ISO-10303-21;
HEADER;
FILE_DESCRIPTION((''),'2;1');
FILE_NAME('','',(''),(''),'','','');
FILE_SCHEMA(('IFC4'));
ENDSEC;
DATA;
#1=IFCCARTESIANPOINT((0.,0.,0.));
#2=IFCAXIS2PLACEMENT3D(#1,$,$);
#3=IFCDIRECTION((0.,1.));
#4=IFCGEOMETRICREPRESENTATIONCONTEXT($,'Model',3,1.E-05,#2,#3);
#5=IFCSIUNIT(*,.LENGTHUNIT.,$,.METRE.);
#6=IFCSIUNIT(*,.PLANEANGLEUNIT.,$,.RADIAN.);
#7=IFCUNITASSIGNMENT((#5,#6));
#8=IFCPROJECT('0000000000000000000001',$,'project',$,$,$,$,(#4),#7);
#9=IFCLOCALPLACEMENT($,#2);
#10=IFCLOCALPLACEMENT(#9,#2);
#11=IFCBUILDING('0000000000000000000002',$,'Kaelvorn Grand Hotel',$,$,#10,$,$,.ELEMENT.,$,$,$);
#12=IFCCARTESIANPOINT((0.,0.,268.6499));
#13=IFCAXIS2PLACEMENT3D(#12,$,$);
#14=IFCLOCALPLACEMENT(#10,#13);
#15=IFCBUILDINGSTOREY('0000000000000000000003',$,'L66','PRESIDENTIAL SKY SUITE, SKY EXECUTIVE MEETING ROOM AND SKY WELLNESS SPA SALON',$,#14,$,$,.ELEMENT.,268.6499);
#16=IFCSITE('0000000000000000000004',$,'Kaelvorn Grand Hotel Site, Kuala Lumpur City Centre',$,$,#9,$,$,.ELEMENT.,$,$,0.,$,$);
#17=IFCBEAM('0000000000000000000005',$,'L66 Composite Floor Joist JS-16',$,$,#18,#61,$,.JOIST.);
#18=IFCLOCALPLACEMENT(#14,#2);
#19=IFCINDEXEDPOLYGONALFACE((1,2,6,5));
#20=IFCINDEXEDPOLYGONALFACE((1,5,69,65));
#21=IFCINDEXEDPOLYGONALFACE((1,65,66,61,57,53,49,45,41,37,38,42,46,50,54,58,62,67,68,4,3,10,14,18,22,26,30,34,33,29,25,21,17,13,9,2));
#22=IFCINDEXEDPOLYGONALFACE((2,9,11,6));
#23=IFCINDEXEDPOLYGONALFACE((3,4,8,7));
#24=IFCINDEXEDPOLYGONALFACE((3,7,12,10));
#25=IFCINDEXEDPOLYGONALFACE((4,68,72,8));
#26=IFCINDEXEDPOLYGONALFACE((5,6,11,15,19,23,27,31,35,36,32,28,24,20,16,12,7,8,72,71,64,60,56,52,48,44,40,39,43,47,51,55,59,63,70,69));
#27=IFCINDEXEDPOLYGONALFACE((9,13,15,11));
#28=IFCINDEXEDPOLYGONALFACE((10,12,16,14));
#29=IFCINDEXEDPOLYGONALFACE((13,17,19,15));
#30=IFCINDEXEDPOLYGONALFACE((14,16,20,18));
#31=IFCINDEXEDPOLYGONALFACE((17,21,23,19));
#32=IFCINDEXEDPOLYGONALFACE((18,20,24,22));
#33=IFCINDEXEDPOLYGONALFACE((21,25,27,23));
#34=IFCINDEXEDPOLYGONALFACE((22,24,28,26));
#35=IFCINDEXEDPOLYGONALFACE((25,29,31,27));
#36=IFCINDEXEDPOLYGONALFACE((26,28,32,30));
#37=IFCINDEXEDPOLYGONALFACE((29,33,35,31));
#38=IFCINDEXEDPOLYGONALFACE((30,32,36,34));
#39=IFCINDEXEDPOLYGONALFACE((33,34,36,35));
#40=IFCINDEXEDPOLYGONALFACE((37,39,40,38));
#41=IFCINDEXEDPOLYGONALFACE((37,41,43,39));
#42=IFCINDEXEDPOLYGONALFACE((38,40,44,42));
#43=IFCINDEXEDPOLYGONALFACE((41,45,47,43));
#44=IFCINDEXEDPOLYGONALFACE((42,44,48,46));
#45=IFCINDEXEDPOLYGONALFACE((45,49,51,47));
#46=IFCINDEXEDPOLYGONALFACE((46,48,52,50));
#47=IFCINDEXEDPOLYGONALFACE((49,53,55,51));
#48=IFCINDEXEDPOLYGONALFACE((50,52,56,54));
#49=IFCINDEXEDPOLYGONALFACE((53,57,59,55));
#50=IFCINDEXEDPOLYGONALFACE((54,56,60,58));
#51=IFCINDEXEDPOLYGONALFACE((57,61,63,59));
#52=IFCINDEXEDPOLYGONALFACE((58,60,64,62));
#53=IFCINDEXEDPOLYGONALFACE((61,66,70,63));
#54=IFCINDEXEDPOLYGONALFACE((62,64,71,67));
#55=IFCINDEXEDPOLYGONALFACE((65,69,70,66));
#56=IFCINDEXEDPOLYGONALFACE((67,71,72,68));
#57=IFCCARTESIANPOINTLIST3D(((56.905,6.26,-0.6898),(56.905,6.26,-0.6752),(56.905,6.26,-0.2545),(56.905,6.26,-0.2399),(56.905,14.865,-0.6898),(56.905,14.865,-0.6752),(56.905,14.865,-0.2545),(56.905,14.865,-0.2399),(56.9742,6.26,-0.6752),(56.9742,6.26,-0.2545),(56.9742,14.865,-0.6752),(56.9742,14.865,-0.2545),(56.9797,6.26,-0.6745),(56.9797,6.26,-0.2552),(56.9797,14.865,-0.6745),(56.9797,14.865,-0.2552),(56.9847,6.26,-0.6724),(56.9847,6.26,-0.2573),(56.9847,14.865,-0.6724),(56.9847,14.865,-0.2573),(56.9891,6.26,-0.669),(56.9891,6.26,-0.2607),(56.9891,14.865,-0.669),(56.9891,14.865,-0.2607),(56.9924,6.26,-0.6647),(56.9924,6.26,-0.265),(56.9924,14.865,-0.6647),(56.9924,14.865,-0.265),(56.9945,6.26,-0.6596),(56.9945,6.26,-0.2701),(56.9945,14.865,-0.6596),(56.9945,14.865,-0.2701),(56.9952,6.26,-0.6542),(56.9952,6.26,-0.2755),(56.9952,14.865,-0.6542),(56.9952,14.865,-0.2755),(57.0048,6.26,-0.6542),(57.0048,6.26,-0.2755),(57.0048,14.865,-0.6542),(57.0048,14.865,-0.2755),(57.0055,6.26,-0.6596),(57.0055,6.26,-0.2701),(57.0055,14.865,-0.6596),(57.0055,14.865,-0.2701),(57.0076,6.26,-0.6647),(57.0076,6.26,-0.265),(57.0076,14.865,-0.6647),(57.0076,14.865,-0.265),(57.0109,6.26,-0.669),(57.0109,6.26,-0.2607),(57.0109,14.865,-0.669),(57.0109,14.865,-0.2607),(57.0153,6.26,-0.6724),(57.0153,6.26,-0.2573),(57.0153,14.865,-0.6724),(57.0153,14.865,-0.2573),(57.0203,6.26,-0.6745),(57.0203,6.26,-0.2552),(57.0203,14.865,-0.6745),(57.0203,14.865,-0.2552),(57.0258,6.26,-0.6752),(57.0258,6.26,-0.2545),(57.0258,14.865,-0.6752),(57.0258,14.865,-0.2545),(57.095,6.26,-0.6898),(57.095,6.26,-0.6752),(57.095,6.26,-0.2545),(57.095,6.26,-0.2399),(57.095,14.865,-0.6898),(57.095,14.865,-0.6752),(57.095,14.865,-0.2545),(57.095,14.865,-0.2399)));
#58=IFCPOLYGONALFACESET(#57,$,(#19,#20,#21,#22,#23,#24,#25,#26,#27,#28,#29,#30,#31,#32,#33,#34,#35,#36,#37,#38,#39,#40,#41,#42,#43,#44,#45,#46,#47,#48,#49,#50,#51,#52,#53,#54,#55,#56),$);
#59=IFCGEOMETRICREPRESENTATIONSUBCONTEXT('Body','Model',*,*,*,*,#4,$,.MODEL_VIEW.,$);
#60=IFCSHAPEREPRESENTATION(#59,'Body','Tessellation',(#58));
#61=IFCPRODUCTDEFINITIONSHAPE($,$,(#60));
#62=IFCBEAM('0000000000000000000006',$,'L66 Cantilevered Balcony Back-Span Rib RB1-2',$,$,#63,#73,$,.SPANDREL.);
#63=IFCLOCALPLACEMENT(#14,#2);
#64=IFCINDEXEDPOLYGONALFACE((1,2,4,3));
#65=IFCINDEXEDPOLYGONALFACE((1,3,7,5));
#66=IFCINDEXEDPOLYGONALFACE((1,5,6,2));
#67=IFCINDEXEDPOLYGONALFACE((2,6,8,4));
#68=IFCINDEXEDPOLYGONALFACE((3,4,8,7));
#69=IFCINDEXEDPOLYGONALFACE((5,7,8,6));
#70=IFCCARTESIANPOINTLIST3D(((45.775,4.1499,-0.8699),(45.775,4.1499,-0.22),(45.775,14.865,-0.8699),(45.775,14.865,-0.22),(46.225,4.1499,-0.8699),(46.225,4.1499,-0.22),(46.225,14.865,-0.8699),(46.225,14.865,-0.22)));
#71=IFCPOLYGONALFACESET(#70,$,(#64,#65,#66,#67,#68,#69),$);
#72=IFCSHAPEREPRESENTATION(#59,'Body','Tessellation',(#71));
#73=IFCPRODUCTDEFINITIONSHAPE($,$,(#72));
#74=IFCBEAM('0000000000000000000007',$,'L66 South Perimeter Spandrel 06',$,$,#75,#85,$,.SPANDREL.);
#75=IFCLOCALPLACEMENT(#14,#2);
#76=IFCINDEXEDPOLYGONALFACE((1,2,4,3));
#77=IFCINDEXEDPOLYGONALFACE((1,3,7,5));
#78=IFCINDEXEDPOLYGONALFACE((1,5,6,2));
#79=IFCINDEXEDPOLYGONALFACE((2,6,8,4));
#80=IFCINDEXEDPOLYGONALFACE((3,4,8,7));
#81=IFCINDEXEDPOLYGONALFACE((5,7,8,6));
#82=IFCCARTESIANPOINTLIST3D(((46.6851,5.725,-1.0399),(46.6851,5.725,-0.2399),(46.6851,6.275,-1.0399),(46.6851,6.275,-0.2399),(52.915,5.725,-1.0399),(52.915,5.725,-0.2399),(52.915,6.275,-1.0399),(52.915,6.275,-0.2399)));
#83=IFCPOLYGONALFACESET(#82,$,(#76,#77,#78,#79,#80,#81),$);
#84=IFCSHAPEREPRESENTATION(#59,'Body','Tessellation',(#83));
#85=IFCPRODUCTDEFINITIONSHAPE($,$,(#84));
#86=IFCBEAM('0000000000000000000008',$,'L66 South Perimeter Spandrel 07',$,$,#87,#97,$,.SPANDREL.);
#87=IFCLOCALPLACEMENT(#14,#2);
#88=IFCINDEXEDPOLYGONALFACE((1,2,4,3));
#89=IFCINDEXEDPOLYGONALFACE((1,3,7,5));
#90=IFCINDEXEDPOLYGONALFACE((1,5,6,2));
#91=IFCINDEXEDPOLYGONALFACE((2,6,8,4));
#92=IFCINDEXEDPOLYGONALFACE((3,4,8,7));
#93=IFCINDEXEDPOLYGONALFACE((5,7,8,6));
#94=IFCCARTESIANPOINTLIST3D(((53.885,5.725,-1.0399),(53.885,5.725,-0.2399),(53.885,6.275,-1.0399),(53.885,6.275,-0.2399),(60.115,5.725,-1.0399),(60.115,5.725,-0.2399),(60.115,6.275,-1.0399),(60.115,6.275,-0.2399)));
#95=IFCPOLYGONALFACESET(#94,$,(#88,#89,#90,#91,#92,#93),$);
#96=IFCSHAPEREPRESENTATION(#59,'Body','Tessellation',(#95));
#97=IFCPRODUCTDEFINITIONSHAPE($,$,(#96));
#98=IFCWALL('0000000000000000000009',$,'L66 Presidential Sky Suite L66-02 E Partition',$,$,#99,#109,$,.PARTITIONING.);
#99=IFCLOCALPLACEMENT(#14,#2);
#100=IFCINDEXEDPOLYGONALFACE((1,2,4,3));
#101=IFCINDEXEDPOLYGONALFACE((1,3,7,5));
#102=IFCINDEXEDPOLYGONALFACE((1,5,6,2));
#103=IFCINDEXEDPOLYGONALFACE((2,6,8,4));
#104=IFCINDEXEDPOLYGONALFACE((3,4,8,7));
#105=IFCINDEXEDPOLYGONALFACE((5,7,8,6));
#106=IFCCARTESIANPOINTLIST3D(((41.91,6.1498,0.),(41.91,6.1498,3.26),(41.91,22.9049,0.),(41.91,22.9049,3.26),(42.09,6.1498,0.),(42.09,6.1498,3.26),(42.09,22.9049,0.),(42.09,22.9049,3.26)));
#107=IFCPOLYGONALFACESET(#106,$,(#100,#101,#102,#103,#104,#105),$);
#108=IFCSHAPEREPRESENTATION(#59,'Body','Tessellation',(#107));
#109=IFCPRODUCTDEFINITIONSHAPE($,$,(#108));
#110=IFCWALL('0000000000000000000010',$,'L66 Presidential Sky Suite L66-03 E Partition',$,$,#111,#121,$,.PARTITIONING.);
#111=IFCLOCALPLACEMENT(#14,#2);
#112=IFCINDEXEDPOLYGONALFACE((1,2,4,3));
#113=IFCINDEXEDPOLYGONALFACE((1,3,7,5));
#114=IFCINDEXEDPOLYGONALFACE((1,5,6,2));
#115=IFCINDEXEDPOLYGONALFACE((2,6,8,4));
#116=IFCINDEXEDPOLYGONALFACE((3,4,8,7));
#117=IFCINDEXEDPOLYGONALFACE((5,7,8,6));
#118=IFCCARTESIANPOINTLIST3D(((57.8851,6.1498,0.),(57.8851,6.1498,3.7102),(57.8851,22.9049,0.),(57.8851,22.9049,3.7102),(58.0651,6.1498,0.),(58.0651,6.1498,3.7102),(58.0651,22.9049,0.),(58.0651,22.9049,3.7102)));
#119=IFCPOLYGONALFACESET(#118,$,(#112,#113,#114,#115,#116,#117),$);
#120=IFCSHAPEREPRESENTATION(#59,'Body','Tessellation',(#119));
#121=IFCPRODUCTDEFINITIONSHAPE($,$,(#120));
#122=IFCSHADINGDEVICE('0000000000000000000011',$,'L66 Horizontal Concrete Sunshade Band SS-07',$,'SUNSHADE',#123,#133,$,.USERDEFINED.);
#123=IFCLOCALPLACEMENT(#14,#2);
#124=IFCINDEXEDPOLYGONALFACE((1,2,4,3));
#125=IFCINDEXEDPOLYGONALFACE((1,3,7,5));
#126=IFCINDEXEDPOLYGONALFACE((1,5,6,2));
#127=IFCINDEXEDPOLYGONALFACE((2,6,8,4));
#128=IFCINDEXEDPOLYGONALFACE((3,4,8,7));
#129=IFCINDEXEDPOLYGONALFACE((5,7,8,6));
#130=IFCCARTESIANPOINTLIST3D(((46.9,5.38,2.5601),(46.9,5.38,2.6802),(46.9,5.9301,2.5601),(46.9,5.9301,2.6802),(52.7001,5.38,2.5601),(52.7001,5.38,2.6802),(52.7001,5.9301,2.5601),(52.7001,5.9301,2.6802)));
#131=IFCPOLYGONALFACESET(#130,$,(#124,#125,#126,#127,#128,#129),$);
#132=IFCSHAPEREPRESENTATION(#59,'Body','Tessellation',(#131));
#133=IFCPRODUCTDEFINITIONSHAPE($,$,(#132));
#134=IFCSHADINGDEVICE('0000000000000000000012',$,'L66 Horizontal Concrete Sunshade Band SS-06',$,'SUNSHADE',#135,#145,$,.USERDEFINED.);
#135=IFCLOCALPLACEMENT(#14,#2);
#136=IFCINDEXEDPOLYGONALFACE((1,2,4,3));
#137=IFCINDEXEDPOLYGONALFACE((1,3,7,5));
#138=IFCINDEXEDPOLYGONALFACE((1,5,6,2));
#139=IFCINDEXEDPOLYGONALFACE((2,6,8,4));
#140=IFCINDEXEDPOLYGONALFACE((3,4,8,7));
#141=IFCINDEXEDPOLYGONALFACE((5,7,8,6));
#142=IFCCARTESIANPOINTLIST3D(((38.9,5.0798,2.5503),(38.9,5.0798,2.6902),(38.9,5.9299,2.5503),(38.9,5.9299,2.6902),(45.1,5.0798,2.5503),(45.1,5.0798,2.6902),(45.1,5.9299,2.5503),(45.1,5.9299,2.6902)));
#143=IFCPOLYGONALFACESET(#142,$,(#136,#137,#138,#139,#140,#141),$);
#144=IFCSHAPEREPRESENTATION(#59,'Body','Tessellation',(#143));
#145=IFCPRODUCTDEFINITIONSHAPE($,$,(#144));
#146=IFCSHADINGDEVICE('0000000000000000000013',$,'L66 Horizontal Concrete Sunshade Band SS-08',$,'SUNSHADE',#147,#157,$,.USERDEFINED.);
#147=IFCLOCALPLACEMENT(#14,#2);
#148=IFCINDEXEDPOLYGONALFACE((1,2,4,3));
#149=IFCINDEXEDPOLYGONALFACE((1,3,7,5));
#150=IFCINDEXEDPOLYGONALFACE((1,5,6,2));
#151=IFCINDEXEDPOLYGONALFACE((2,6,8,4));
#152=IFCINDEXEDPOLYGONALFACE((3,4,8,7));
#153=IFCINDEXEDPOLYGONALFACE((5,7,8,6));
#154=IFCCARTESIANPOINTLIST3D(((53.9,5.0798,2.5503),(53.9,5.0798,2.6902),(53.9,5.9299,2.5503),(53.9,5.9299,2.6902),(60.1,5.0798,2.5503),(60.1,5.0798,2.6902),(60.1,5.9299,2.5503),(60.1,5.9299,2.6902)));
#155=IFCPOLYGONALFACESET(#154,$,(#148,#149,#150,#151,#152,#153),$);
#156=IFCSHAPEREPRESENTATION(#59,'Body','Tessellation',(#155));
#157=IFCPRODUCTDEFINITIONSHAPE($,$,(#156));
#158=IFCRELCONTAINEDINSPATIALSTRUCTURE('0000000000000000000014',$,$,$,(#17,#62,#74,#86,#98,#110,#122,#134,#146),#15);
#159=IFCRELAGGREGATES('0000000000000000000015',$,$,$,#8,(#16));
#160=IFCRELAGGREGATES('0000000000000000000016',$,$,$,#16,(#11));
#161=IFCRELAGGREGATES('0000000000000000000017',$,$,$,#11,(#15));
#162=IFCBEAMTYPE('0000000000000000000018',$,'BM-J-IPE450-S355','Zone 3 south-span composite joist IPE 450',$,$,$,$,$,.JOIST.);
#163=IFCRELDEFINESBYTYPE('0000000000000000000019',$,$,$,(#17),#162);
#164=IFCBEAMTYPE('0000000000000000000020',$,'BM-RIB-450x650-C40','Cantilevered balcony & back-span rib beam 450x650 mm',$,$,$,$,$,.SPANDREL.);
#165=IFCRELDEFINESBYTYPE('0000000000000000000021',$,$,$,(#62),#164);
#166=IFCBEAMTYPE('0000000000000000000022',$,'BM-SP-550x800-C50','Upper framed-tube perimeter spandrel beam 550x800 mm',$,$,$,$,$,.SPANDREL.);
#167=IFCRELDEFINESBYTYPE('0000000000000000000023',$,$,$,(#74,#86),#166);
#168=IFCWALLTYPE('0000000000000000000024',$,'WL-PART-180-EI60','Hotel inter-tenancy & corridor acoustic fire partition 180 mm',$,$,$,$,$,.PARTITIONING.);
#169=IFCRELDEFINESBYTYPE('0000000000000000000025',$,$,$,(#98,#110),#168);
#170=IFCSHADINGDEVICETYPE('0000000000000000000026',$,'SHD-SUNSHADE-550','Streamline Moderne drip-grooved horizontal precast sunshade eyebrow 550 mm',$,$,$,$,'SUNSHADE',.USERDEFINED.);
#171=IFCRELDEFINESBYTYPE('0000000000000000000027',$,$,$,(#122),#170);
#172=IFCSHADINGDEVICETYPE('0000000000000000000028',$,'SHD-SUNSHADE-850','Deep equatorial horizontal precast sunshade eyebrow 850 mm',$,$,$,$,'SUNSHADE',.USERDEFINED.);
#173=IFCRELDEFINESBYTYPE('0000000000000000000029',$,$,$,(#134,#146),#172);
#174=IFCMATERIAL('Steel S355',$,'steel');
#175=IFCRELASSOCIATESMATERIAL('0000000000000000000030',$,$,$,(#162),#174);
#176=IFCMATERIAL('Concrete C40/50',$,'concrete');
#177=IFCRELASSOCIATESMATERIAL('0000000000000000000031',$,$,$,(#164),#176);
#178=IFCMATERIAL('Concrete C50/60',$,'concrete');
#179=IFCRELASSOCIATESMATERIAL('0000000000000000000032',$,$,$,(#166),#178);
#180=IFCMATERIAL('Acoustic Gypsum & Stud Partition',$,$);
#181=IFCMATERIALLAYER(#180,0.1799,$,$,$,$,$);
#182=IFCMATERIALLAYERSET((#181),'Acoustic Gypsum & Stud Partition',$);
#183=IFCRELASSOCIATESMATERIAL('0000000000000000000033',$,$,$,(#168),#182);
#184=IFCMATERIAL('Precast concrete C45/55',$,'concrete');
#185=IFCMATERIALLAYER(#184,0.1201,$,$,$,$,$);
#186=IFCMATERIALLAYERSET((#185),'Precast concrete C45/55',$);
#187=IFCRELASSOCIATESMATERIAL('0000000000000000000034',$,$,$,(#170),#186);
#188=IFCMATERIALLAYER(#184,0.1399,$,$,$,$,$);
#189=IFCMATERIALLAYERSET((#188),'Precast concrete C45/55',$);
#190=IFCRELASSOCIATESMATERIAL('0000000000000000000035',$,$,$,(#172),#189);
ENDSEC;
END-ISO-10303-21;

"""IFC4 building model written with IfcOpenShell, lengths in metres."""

from ifc_helpers import new_model, si_unit, direction, frame, frame_2d, origin, origin_2d, place, context, subcontext, project, spatial, rectangle, i_section, extrude, material, layer, layer_set, material_profile, profile_set, type_object, element, save


model = new_model("IFC4")

# Units and contexts
model_context = context("Model", 3, precision=1e-05, world=origin(), true_north=direction((0.0, 1.0)))
body_context = subcontext(model_context, "Body", "Model", "MODEL_VIEW")
ifc_project = project(units=[si_unit("LENGTHUNIT", "METRE"), si_unit("PLANEANGLEUNIT", "RADIAN")], contexts=[model_context])

# Site, building, storey
site_placement = place(None, origin())
site = spatial("IfcSite", under=ifc_project, at=site_placement, Name="Kaelvorn Grand Hotel Site, Kuala Lumpur City Centre", CompositionType="ELEMENT", RefElevation=0.0)
building_placement = place(site_placement, origin())
building = spatial("IfcBuilding", under=site, at=building_placement, Name="Kaelvorn Grand Hotel", CompositionType="ELEMENT")
storey_placement = place(building_placement, frame((0.0, 0.0, 268.6499)))
storey = spatial("IfcBuildingStorey", under=building, at=storey_placement, Name="L66", Description="PRESIDENTIAL SKY SUITE, SKY EXECUTIVE MEETING ROOM AND SKY WELLNESS SPA SALON", CompositionType="ELEMENT", Elevation=268.6499)

# Shared definitions
ifc_material_1 = material(Name="Concrete C50/60", Category="concrete")

# Beams
ifc_material_2 = material(Name="Steel S355", Category="steel")
ifc_material_profile_1 = material_profile(ifc_material_2, i_section(OverallWidth=0.1899, OverallDepth=0.45, WebThickness=0.0095, FlangeThickness=0.0146, FilletRadius=0.021, at=origin_2d()), Name="IPE 450")
ifc_profile_set_1 = profile_set([ifc_material_profile_1], Name="Steel S355")
beam_type_1 = type_object("IfcBeamType", Name="BM-J-IPE450-S355", Description="Zone 3 south-span composite joist IPE 450", PredefinedType="JOIST", material=ifc_profile_set_1)
beam_1_placement = place(storey_placement, frame((57.0, 6.26, -0.4648), z_axis=(0.0, 1.0, 0.0), x_axis=(-1.0, 0.0, 0.0)))
element("IfcBeam", 1, at=beam_1_placement, inside=storey, type_object=beam_type_1, Name="L66 Composite Floor Joist JS-16", PredefinedType="JOIST", context=body_context, shape_type="SweptSolid", body=[
    extrude(i_section(OverallWidth=0.1899, OverallDepth=0.45, WebThickness=0.0095, FlangeThickness=0.0146, FilletRadius=0.021, at=origin_2d()), origin(), (0.0, 0.0, 1.0), 8.605),
])
ifc_material_3 = material(Name="Concrete C40/50", Category="concrete")
ifc_material_profile_2 = material_profile(ifc_material_3, rectangle(XDim=0.45, YDim=0.6499, at=origin_2d()), Name="RC RIB 450x650")
ifc_profile_set_2 = profile_set([ifc_material_profile_2], Name="Concrete C40/50")
beam_type_2 = type_object("IfcBeamType", Name="BM-RIB-450x650-C40", Description="Cantilevered balcony & back-span rib beam 450x650 mm", PredefinedType="SPANDREL", material=ifc_profile_set_2)
beam_2_placement = place(storey_placement, frame((46.0, 4.1499, -0.5449), z_axis=(0.0, 1.0, 0.0), x_axis=(-1.0, 0.0, 0.0)))
element("IfcBeam", 2, at=beam_2_placement, inside=storey, type_object=beam_type_2, Name="L66 Cantilevered Balcony Back-Span Rib RB1-2", PredefinedType="SPANDREL", context=body_context, shape_type="SweptSolid", body=[
    extrude(rectangle(XDim=0.45, YDim=0.6499, at=origin_2d()), origin(), (0.0, 0.0, 1.0), 10.7151),
])
ifc_material_profile_3 = material_profile(ifc_material_1, rectangle(XDim=0.55, YDim=0.8, at=origin_2d()), Name="RC SPANDREL 550x800")
ifc_profile_set_3 = profile_set([ifc_material_profile_3], Name="Concrete C50/60")
beam_type_3 = type_object("IfcBeamType", Name="BM-SP-550x800-C50", Description="Upper framed-tube perimeter spandrel beam 550x800 mm", PredefinedType="SPANDREL", material=ifc_profile_set_3)
for number, where, z_axis, x_axis, name in (
    (3, (46.6851, 6.0, -0.6399), (1.0, 0.0, 0.0), (0.0, 1.0, 0.0), "L66 South Perimeter Spandrel 06"),
    (4, (53.885, 6.0, -0.6399), (1.0, 0.0, 0.0), (0.0, 1.0, 0.0), "L66 South Perimeter Spandrel 07"),
):
    element("IfcBeam", number, at=place(storey_placement, frame(where, z_axis=z_axis, x_axis=x_axis)), inside=storey, type_object=beam_type_3, Name=name, PredefinedType="SPANDREL", context=body_context, shape_type="SweptSolid", body=[
        extrude(rectangle(XDim=0.55, YDim=0.8, at=origin_2d()), origin(), (0.0, 0.0, 1.0), 6.23),
    ])

# Walls
ifc_material_4 = material(Name="Acoustic Gypsum & Stud Partition")
ifc_layer_1 = layer(ifc_material_4, 0.1799)
ifc_layer_set_1 = layer_set([ifc_layer_1], Name="Acoustic Gypsum & Stud Partition")
wall_type = type_object("IfcWallType", Name="WL-PART-180-EI60", Description="Hotel inter-tenancy & corridor acoustic fire partition 180 mm", PredefinedType="PARTITIONING", material=ifc_layer_set_1)
wall_1_placement = place(storey_placement, frame((42.0, 6.1499, 0.0), z_axis=(0.0, 0.0, 1.0), x_axis=(0.0, 1.0, 0.0)))
element("IfcWall", 5, at=wall_1_placement, inside=storey, type_object=wall_type, Name="L66 Presidential Sky Suite L66-02 E Partition", PredefinedType="PARTITIONING", context=body_context, shape_type="SweptSolid", body=[
    extrude(rectangle(XDim=16.7551, YDim=0.1799, at=frame_2d((8.3774, 0.0))), origin(), (0.0, 0.0, 1.0), 3.26),
])
wall_2_placement = place(storey_placement, frame((57.9751, 6.1499, 0.0), z_axis=(0.0, 0.0, 1.0), x_axis=(0.0, 1.0, 0.0)))
element("IfcWall", 6, at=wall_2_placement, inside=storey, type_object=wall_type, Name="L66 Presidential Sky Suite L66-03 E Partition", PredefinedType="PARTITIONING", context=body_context, shape_type="SweptSolid", body=[
    extrude(rectangle(XDim=16.7551, YDim=0.1799, at=frame_2d((8.3774, 0.0))), origin(), (0.0, 0.0, 1.0), 3.7102),
])

# Shading devices
ifc_material_5 = material(Name="Precast concrete C45/55", Category="concrete")
ifc_layer_2 = layer(ifc_material_5, 0.1201)
ifc_layer_set_2 = layer_set([ifc_layer_2], Name="Precast concrete C45/55")
shading_device_type_1 = type_object("IfcShadingDeviceType", Name="SHD-SUNSHADE-550", Description="Streamline Moderne drip-grooved horizontal precast sunshade eyebrow 550 mm", ElementType="SUNSHADE", PredefinedType="USERDEFINED", material=ifc_layer_set_2)
shading_device_placement = place(storey_placement, frame((49.8, 5.655, 2.5601), z_axis=(0.0, 0.0, 1.0), x_axis=(1.0, 0.0, 0.0)))
element("IfcShadingDevice", 7, at=shading_device_placement, inside=storey, type_object=shading_device_type_1, Name="L66 Horizontal Concrete Sunshade Band SS-07", ObjectType="SUNSHADE", PredefinedType="USERDEFINED", context=body_context, shape_type="SweptSolid", body=[
    extrude(rectangle(XDim=5.8, YDim=0.55, at=origin_2d()), origin(), (0.0, 0.0, 1.0), 0.1201),
])
ifc_layer_3 = layer(ifc_material_5, 0.1399)
ifc_layer_set_3 = layer_set([ifc_layer_3], Name="Precast concrete C45/55")
shading_device_type_2 = type_object("IfcShadingDeviceType", Name="SHD-SUNSHADE-850", Description="Deep equatorial horizontal precast sunshade eyebrow 850 mm", ElementType="SUNSHADE", PredefinedType="USERDEFINED", material=ifc_layer_set_3)
for number, where, z_axis, x_axis, name in (
    (8, (42.0, 5.5049, 2.5503), (0.0, 0.0, 1.0), (1.0, 0.0, 0.0), "L66 Horizontal Concrete Sunshade Band SS-06"),
    (9, (57.0, 5.5049, 2.5503), (0.0, 0.0, 1.0), (1.0, 0.0, 0.0), "L66 Horizontal Concrete Sunshade Band SS-08"),
):
    element("IfcShadingDevice", number, at=place(storey_placement, frame(where, z_axis=z_axis, x_axis=x_axis)), inside=storey, type_object=shading_device_type_2, Name=name, ObjectType="SUNSHADE", PredefinedType="USERDEFINED", context=body_context, shape_type="SweptSolid", body=[
        extrude(rectangle(XDim=6.2, YDim=0.8501, at=origin_2d()), origin(), (0.0, 0.0, 1.0), 0.1399),
    ])

save(model, "model.ifc")
